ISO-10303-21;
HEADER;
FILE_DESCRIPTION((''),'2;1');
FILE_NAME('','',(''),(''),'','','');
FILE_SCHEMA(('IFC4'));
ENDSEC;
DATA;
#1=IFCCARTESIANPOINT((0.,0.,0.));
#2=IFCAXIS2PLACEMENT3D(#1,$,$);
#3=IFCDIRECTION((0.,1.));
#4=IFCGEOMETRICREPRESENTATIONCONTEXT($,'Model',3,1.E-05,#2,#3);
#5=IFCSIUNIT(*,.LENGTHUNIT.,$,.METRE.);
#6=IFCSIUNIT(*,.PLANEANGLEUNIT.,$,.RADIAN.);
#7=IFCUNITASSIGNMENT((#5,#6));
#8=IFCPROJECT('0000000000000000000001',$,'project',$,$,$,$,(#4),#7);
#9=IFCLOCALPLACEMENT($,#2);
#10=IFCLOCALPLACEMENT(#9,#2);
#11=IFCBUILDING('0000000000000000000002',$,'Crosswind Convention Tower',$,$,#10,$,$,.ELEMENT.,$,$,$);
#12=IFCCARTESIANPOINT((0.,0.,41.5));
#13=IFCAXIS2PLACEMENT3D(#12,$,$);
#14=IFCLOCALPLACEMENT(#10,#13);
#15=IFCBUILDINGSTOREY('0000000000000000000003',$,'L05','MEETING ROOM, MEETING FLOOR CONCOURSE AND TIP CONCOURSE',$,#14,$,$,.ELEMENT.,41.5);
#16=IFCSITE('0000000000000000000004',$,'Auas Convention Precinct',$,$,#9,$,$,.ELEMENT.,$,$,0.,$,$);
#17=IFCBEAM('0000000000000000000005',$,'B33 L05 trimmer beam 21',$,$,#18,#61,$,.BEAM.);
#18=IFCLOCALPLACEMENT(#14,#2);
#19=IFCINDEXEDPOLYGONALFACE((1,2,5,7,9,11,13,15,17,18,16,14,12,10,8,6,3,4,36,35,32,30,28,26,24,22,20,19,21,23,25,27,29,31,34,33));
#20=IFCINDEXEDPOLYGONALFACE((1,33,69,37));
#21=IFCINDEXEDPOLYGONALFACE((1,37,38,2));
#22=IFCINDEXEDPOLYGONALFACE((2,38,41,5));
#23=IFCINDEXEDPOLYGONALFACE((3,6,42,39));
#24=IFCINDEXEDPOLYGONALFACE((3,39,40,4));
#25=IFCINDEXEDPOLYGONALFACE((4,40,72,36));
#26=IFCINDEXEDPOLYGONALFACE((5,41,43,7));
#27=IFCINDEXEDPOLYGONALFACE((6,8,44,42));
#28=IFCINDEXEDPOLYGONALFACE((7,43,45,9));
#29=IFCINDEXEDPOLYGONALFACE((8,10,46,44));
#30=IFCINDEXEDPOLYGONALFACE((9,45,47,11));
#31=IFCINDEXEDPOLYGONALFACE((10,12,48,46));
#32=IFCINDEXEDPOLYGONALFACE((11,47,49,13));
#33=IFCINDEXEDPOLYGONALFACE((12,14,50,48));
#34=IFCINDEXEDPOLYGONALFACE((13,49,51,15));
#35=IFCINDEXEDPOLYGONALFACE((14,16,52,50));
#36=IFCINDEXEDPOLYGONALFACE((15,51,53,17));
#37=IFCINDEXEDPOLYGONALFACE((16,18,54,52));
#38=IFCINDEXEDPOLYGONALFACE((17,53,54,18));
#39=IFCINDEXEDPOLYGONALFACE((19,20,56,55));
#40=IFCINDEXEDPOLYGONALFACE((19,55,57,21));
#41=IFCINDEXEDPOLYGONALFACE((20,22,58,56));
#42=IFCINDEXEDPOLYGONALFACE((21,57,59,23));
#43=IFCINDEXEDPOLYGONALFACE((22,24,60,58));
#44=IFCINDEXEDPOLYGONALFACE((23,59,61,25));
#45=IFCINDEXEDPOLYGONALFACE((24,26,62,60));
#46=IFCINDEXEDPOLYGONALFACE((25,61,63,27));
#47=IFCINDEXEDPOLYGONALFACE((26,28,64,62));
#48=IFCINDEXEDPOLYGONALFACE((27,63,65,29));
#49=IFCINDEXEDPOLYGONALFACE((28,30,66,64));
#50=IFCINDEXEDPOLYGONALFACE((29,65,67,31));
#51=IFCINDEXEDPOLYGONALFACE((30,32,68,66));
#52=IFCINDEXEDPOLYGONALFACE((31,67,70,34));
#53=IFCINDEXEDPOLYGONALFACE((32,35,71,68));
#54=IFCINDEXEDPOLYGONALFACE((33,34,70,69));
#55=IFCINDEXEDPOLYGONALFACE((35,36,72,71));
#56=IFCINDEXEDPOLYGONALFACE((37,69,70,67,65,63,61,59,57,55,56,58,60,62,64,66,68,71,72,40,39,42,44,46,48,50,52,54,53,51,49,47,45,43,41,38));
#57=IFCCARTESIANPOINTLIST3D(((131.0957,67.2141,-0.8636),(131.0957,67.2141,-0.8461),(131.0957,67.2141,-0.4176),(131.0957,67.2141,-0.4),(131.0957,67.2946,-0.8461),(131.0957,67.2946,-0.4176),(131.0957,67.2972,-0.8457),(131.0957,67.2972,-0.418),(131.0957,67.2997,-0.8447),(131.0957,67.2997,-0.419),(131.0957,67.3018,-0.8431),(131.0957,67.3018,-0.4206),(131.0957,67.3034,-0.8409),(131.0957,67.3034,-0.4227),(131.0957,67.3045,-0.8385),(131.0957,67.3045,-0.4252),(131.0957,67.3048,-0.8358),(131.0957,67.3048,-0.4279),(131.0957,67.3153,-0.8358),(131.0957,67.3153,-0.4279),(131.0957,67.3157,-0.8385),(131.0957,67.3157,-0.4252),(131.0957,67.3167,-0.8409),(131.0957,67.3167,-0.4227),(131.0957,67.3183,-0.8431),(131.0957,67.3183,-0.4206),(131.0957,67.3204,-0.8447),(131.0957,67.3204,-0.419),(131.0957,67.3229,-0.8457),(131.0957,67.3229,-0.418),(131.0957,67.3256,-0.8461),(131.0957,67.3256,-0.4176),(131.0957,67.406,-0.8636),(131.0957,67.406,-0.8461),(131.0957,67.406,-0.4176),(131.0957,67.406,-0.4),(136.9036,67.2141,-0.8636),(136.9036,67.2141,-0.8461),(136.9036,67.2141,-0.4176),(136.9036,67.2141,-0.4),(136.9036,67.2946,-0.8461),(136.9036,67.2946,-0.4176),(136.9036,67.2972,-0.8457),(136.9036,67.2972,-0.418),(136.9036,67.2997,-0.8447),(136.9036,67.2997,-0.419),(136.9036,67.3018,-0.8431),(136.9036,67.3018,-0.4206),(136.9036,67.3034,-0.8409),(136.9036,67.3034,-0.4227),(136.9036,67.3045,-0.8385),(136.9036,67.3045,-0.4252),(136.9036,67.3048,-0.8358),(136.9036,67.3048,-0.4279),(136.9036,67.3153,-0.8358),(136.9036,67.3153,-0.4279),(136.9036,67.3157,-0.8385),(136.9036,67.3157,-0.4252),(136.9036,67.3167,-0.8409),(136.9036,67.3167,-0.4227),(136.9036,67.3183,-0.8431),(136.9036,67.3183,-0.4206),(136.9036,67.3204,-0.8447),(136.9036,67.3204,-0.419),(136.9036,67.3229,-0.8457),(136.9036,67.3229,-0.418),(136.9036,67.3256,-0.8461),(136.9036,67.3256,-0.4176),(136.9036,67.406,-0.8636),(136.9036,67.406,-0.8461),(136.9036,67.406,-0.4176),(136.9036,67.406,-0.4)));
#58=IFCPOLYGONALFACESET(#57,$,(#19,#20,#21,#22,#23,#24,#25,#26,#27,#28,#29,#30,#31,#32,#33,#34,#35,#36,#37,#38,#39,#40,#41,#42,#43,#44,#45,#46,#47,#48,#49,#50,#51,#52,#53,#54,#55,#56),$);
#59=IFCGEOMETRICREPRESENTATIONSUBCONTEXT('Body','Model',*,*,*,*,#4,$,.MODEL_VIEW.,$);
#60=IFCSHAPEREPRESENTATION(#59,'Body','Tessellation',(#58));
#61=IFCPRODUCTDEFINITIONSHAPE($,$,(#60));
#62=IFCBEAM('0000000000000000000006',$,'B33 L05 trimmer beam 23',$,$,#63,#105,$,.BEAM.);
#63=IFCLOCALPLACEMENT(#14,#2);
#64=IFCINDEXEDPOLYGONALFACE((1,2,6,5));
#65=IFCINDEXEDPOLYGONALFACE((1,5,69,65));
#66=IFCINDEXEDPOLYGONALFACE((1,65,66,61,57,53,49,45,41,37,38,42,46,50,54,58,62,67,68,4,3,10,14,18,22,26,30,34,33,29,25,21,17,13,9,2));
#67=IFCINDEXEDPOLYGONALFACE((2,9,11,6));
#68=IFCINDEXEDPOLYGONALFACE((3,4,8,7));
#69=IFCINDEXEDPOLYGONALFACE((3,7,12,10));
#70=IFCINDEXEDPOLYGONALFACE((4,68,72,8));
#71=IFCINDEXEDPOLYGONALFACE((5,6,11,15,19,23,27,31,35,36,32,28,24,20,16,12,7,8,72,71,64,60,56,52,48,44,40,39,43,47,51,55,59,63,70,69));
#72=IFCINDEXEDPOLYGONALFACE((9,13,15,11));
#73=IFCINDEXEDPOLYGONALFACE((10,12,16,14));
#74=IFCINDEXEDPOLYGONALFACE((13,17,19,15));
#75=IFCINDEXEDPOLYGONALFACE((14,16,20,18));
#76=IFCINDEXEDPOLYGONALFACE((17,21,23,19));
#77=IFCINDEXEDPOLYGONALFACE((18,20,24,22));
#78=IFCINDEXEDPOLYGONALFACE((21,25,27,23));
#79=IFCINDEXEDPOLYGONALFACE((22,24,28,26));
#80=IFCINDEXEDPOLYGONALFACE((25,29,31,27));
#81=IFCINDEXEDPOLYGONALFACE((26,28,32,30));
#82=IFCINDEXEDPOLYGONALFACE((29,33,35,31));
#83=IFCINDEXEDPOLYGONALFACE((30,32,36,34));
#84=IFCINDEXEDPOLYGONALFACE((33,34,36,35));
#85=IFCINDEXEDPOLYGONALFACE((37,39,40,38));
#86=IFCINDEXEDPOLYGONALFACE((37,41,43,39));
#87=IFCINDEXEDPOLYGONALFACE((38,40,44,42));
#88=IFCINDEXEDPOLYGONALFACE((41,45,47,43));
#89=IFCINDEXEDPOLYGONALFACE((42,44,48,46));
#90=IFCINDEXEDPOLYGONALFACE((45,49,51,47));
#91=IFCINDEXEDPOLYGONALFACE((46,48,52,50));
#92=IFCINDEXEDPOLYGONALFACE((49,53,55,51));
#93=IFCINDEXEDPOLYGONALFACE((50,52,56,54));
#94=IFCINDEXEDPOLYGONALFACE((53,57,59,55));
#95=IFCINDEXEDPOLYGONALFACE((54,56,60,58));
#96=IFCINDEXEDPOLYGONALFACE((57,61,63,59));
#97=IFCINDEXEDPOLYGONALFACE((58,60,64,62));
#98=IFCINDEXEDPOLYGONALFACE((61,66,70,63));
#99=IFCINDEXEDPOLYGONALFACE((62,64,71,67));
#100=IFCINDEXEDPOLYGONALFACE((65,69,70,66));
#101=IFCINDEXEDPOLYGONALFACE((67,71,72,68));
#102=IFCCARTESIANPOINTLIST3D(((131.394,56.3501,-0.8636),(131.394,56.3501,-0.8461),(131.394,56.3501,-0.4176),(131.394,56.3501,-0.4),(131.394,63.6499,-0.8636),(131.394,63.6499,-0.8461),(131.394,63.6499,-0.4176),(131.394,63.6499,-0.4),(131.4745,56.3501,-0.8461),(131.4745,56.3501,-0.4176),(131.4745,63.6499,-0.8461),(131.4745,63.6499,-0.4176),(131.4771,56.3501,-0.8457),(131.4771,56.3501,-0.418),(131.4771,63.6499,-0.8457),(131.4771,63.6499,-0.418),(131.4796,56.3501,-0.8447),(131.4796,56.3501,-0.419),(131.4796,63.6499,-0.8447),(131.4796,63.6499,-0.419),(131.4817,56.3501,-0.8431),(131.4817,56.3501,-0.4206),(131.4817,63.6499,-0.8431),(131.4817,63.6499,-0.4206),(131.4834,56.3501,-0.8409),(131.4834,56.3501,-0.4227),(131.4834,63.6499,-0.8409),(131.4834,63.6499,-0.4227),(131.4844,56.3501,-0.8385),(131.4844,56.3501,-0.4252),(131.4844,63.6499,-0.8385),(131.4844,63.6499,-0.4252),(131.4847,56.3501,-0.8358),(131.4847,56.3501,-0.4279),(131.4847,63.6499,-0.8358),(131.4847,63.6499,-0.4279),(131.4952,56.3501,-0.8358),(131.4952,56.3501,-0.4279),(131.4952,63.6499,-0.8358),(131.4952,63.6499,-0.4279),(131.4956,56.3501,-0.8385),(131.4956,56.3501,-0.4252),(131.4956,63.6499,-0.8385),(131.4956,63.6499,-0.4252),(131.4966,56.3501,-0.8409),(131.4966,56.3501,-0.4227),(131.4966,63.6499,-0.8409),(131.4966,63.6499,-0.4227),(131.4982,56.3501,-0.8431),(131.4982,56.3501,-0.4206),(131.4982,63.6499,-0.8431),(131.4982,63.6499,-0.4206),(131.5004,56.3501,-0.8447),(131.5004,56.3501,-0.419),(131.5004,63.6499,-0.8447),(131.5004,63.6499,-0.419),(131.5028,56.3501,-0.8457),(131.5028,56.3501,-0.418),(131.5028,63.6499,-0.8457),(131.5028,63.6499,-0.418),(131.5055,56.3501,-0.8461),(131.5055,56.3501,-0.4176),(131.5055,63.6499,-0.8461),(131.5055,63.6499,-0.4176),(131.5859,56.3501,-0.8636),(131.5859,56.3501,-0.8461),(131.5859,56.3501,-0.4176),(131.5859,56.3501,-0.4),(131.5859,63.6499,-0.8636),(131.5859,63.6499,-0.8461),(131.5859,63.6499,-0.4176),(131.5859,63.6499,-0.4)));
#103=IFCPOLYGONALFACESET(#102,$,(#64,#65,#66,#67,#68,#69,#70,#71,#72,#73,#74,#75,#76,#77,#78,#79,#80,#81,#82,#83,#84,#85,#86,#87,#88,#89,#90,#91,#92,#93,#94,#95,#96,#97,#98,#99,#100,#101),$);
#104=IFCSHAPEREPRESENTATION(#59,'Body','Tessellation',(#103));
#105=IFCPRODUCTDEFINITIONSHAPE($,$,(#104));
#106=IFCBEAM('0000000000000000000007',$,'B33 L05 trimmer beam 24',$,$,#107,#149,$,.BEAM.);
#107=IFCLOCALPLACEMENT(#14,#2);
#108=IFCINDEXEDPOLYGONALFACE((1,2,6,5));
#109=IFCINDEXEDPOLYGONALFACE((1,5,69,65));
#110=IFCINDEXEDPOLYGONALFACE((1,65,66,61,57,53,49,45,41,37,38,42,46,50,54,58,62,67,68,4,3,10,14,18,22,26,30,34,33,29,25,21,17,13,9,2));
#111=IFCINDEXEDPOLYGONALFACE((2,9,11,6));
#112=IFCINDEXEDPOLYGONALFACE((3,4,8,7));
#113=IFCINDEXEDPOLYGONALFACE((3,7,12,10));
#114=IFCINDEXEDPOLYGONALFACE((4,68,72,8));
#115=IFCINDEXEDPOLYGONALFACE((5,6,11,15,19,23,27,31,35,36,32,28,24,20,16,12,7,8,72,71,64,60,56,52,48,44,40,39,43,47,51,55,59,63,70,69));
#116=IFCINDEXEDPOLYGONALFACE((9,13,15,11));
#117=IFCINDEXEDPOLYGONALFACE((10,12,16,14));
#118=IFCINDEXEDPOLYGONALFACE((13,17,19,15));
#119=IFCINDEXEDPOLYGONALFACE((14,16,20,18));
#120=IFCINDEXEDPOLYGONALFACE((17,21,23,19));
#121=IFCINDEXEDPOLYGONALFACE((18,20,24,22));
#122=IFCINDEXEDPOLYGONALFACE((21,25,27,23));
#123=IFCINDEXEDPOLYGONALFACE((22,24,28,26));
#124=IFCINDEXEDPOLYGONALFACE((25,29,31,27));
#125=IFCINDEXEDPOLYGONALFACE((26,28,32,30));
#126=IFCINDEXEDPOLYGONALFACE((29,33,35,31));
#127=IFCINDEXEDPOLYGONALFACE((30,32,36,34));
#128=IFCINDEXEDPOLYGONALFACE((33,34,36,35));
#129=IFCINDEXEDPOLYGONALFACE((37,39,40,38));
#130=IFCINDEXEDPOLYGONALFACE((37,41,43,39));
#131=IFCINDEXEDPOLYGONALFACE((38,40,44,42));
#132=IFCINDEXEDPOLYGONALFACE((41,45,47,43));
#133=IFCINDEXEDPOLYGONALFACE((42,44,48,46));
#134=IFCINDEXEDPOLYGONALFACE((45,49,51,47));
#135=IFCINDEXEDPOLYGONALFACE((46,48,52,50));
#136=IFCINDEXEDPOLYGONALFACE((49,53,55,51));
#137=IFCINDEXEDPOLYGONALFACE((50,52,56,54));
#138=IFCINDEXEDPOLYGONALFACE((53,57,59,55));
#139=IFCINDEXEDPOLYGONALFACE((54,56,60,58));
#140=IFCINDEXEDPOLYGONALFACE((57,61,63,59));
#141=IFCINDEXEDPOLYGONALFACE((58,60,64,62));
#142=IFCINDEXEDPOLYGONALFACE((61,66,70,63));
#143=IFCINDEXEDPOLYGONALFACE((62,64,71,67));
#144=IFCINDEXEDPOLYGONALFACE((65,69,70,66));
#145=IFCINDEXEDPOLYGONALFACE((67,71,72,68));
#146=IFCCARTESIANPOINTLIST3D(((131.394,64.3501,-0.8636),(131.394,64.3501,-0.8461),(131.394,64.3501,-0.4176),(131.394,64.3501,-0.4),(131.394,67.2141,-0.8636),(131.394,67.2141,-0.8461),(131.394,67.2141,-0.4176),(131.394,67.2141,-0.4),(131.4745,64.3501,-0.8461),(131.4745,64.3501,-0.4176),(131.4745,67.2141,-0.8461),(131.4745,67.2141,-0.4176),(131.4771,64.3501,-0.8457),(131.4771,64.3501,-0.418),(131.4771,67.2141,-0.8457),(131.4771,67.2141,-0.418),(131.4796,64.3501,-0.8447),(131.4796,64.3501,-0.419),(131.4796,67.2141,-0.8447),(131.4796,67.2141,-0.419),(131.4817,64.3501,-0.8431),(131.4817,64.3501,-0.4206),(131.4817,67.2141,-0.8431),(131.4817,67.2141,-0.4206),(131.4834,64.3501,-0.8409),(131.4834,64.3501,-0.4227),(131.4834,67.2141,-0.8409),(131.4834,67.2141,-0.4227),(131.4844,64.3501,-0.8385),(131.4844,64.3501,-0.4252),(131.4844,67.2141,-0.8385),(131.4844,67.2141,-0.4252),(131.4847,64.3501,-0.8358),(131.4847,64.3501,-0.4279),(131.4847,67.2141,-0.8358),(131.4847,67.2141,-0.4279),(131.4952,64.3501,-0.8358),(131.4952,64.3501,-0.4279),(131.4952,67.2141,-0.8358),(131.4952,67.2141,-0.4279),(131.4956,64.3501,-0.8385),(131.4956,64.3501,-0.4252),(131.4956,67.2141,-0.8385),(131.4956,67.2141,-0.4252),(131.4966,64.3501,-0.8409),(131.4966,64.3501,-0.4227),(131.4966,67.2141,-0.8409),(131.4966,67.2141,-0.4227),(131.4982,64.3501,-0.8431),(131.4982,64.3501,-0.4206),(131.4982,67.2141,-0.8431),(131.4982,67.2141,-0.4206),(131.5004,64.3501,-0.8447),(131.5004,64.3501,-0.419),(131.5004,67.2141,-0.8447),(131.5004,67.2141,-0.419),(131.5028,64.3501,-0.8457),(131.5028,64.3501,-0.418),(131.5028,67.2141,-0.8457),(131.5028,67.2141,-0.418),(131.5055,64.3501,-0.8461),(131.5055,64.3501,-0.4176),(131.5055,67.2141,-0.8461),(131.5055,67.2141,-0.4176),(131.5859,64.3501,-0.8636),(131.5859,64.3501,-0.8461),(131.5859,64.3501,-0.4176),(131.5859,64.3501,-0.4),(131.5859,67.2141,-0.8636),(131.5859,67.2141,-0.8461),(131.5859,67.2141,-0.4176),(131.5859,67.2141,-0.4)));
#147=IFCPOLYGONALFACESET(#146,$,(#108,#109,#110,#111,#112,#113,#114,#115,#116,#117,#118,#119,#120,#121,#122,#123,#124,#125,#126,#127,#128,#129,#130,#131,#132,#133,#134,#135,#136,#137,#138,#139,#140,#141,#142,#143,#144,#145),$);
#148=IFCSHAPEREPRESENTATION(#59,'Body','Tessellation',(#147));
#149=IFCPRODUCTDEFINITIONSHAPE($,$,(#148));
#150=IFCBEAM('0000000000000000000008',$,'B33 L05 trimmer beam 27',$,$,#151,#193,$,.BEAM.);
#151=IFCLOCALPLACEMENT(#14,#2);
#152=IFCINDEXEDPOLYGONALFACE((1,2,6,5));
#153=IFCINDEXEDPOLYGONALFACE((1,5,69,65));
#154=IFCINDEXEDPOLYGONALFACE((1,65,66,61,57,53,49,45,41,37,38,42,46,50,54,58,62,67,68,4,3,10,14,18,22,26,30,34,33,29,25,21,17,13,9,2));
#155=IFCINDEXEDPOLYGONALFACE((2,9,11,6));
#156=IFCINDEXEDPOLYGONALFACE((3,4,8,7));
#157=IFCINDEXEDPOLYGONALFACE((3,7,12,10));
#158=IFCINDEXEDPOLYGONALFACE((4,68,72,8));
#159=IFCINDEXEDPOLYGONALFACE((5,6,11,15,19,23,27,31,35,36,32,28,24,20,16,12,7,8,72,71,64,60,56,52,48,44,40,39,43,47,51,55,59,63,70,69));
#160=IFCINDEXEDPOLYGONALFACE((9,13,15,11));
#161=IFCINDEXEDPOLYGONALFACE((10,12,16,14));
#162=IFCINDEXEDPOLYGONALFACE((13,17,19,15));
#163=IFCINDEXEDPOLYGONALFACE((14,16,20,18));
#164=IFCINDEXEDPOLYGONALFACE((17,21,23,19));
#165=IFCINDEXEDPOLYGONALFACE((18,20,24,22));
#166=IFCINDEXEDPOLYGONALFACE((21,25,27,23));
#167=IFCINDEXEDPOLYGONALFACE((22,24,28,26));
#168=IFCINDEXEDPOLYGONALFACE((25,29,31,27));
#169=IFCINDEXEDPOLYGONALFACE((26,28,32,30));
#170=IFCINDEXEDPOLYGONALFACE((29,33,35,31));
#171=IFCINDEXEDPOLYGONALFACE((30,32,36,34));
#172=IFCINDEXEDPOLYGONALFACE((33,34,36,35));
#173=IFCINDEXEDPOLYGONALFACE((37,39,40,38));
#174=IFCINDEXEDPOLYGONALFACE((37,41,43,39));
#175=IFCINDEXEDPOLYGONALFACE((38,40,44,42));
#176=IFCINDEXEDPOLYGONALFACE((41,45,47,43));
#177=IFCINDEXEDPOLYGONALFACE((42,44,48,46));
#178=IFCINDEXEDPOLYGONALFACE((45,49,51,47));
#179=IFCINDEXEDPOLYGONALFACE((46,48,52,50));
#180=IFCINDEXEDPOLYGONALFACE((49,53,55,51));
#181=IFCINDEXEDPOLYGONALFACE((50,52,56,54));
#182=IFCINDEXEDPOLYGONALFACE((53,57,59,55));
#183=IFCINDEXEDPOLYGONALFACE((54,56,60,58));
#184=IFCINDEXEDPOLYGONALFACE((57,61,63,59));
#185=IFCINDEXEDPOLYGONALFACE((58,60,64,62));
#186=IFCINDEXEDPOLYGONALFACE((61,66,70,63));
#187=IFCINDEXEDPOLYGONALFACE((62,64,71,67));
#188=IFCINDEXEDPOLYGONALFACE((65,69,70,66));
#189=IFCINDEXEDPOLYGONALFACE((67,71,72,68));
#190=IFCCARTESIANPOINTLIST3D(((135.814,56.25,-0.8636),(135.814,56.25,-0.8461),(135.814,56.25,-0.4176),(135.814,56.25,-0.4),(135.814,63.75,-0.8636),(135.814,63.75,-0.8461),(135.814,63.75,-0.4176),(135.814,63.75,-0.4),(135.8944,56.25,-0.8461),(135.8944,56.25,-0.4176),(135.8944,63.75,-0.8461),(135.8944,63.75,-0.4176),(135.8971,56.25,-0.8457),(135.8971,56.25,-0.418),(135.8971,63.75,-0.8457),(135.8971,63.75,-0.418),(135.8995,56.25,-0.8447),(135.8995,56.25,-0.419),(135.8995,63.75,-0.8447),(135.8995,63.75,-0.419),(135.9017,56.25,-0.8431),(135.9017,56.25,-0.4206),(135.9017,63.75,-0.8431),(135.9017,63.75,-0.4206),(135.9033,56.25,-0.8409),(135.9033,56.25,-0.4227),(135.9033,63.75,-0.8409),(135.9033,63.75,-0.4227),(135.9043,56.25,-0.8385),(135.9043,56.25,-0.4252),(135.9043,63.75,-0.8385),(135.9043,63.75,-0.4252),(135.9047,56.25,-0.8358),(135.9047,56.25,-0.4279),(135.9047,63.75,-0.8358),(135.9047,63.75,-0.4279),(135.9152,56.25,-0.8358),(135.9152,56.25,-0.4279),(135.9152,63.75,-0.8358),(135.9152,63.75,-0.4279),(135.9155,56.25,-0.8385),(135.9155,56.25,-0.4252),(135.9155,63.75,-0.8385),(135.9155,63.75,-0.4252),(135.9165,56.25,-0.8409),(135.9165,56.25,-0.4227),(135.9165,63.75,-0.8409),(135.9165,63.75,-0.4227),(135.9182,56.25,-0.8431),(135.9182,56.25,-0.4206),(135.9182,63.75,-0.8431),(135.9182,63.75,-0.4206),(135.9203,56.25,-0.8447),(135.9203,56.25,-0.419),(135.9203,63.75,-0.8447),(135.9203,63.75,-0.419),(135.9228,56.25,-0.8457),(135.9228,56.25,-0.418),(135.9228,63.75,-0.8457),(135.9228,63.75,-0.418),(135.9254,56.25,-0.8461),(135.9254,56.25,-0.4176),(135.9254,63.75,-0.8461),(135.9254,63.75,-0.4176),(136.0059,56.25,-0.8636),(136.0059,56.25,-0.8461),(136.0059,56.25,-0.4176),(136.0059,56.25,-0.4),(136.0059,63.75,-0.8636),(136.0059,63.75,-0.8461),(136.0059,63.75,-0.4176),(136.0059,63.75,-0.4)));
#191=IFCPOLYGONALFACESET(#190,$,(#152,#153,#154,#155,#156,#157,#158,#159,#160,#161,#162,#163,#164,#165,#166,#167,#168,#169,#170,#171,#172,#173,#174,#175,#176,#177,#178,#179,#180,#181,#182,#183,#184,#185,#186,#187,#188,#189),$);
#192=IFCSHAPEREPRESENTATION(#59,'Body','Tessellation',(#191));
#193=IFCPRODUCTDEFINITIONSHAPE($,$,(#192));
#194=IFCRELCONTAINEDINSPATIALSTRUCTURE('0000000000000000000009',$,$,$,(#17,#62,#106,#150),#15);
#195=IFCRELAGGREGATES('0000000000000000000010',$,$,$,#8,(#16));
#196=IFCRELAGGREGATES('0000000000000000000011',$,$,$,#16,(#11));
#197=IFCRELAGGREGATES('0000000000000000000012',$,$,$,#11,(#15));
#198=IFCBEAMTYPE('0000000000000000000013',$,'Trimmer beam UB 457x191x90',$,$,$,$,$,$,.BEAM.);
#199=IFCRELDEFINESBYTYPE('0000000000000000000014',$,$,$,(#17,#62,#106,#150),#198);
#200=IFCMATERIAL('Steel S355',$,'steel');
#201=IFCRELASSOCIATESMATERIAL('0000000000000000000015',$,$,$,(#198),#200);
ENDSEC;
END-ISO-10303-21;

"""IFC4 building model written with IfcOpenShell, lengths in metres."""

from ifc_helpers import new_model, si_unit, direction, frame, origin, origin_2d, place, context, subcontext, project, spatial, i_section, extrude, material, material_profile, profile_set, type_object, element, save


model = new_model("IFC4")

# Units and contexts
model_context = context("Model", 3, precision=1e-05, world=origin(), true_north=direction((0.0, 1.0)))
body_context = subcontext(model_context, "Body", "Model", "MODEL_VIEW")
ifc_project = project(units=[si_unit("LENGTHUNIT", "METRE"), si_unit("PLANEANGLEUNIT", "RADIAN")], contexts=[model_context])

# Site, building, storey
site_placement = place(None, origin())
site = spatial("IfcSite", under=ifc_project, at=site_placement, Name="Auas Convention Precinct", CompositionType="ELEMENT", RefElevation=0.0)
building_placement = place(site_placement, origin())
building = spatial("IfcBuilding", under=site, at=building_placement, Name="Crosswind Convention Tower", CompositionType="ELEMENT")
storey_placement = place(building_placement, frame((0.0, 0.0, 41.5)))
storey = spatial("IfcBuildingStorey", under=building, at=storey_placement, Name="L05", Description="MEETING ROOM, MEETING FLOOR CONCOURSE AND TIP CONCOURSE", CompositionType="ELEMENT", Elevation=41.5)

# Shared definitions
ifc_material_1 = material(Name="Steel S355", Category="steel")

# Beams
ifc_material_profile_1 = material_profile(ifc_material_1, i_section(OverallWidth=0.1919, OverallDepth=0.4636, WebThickness=0.0105, FlangeThickness=0.0176, FilletRadius=0.0103, at=origin_2d()), Name="UB 457x191x90")
ifc_profile_set_1 = profile_set([ifc_material_profile_1], Name="Steel S355")
beam_type_1 = type_object("IfcBeamType", Name="Trimmer beam UB 457x191x90", PredefinedType="BEAM", material=ifc_profile_set_1)
beam_1_placement = place(storey_placement, frame((131.0957, 67.3101, -0.6318), z_axis=(1.0, 0.0, 0.0), x_axis=(0.0, 1.0, 0.0)))
element("IfcBeam", 1, at=beam_1_placement, inside=storey, type_object=beam_type_1, Name="B33 L05 trimmer beam 21", PredefinedType="BEAM", context=body_context, shape_type="SweptSolid", body=[
    extrude(i_section(OverallWidth=0.1919, OverallDepth=0.4636, WebThickness=0.0105, FlangeThickness=0.0176, FilletRadius=0.0103, at=origin_2d()), origin(), (0.0, 0.0, 1.0), 5.8079),
])
beam_2_placement = place(storey_placement, frame((131.49, 63.6499, -0.6318), z_axis=(0.0, -1.0, 0.0), x_axis=(1.0, 0.0, 0.0)))
element("IfcBeam", 2, at=beam_2_placement, inside=storey, type_object=beam_type_1, Name="B33 L05 trimmer beam 23", PredefinedType="BEAM", context=body_context, shape_type="SweptSolid", body=[
    extrude(i_section(OverallWidth=0.1919, OverallDepth=0.4636, WebThickness=0.0105, FlangeThickness=0.0176, FilletRadius=0.0103, at=origin_2d()), origin(), (0.0, 0.0, 1.0), 7.2998),
])
beam_3_placement = place(storey_placement, frame((131.49, 67.2141, -0.6318), z_axis=(0.0, -1.0, 0.0), x_axis=(1.0, 0.0, 0.0)))
element("IfcBeam", 3, at=beam_3_placement, inside=storey, type_object=beam_type_1, Name="B33 L05 trimmer beam 24", PredefinedType="BEAM", context=body_context, shape_type="SweptSolid", body=[
    extrude(i_section(OverallWidth=0.1919, OverallDepth=0.4636, WebThickness=0.0105, FlangeThickness=0.0176, FilletRadius=0.0103, at=origin_2d()), origin(), (0.0, 0.0, 1.0), 2.864),
])
beam_4_placement = place(storey_placement, frame((135.9099, 63.75, -0.6318), z_axis=(0.0, -1.0, 0.0), x_axis=(1.0, 0.0, 0.0)))
element("IfcBeam", 4, at=beam_4_placement, inside=storey, type_object=beam_type_1, Name="B33 L05 trimmer beam 27", PredefinedType="BEAM", context=body_context, shape_type="SweptSolid", body=[
    extrude(i_section(OverallWidth=0.1919, OverallDepth=0.4636, WebThickness=0.0105, FlangeThickness=0.0176, FilletRadius=0.0103, at=origin_2d()), origin(), (0.0, 0.0, 1.0), 7.5),
])

save(model, "model.ifc")
